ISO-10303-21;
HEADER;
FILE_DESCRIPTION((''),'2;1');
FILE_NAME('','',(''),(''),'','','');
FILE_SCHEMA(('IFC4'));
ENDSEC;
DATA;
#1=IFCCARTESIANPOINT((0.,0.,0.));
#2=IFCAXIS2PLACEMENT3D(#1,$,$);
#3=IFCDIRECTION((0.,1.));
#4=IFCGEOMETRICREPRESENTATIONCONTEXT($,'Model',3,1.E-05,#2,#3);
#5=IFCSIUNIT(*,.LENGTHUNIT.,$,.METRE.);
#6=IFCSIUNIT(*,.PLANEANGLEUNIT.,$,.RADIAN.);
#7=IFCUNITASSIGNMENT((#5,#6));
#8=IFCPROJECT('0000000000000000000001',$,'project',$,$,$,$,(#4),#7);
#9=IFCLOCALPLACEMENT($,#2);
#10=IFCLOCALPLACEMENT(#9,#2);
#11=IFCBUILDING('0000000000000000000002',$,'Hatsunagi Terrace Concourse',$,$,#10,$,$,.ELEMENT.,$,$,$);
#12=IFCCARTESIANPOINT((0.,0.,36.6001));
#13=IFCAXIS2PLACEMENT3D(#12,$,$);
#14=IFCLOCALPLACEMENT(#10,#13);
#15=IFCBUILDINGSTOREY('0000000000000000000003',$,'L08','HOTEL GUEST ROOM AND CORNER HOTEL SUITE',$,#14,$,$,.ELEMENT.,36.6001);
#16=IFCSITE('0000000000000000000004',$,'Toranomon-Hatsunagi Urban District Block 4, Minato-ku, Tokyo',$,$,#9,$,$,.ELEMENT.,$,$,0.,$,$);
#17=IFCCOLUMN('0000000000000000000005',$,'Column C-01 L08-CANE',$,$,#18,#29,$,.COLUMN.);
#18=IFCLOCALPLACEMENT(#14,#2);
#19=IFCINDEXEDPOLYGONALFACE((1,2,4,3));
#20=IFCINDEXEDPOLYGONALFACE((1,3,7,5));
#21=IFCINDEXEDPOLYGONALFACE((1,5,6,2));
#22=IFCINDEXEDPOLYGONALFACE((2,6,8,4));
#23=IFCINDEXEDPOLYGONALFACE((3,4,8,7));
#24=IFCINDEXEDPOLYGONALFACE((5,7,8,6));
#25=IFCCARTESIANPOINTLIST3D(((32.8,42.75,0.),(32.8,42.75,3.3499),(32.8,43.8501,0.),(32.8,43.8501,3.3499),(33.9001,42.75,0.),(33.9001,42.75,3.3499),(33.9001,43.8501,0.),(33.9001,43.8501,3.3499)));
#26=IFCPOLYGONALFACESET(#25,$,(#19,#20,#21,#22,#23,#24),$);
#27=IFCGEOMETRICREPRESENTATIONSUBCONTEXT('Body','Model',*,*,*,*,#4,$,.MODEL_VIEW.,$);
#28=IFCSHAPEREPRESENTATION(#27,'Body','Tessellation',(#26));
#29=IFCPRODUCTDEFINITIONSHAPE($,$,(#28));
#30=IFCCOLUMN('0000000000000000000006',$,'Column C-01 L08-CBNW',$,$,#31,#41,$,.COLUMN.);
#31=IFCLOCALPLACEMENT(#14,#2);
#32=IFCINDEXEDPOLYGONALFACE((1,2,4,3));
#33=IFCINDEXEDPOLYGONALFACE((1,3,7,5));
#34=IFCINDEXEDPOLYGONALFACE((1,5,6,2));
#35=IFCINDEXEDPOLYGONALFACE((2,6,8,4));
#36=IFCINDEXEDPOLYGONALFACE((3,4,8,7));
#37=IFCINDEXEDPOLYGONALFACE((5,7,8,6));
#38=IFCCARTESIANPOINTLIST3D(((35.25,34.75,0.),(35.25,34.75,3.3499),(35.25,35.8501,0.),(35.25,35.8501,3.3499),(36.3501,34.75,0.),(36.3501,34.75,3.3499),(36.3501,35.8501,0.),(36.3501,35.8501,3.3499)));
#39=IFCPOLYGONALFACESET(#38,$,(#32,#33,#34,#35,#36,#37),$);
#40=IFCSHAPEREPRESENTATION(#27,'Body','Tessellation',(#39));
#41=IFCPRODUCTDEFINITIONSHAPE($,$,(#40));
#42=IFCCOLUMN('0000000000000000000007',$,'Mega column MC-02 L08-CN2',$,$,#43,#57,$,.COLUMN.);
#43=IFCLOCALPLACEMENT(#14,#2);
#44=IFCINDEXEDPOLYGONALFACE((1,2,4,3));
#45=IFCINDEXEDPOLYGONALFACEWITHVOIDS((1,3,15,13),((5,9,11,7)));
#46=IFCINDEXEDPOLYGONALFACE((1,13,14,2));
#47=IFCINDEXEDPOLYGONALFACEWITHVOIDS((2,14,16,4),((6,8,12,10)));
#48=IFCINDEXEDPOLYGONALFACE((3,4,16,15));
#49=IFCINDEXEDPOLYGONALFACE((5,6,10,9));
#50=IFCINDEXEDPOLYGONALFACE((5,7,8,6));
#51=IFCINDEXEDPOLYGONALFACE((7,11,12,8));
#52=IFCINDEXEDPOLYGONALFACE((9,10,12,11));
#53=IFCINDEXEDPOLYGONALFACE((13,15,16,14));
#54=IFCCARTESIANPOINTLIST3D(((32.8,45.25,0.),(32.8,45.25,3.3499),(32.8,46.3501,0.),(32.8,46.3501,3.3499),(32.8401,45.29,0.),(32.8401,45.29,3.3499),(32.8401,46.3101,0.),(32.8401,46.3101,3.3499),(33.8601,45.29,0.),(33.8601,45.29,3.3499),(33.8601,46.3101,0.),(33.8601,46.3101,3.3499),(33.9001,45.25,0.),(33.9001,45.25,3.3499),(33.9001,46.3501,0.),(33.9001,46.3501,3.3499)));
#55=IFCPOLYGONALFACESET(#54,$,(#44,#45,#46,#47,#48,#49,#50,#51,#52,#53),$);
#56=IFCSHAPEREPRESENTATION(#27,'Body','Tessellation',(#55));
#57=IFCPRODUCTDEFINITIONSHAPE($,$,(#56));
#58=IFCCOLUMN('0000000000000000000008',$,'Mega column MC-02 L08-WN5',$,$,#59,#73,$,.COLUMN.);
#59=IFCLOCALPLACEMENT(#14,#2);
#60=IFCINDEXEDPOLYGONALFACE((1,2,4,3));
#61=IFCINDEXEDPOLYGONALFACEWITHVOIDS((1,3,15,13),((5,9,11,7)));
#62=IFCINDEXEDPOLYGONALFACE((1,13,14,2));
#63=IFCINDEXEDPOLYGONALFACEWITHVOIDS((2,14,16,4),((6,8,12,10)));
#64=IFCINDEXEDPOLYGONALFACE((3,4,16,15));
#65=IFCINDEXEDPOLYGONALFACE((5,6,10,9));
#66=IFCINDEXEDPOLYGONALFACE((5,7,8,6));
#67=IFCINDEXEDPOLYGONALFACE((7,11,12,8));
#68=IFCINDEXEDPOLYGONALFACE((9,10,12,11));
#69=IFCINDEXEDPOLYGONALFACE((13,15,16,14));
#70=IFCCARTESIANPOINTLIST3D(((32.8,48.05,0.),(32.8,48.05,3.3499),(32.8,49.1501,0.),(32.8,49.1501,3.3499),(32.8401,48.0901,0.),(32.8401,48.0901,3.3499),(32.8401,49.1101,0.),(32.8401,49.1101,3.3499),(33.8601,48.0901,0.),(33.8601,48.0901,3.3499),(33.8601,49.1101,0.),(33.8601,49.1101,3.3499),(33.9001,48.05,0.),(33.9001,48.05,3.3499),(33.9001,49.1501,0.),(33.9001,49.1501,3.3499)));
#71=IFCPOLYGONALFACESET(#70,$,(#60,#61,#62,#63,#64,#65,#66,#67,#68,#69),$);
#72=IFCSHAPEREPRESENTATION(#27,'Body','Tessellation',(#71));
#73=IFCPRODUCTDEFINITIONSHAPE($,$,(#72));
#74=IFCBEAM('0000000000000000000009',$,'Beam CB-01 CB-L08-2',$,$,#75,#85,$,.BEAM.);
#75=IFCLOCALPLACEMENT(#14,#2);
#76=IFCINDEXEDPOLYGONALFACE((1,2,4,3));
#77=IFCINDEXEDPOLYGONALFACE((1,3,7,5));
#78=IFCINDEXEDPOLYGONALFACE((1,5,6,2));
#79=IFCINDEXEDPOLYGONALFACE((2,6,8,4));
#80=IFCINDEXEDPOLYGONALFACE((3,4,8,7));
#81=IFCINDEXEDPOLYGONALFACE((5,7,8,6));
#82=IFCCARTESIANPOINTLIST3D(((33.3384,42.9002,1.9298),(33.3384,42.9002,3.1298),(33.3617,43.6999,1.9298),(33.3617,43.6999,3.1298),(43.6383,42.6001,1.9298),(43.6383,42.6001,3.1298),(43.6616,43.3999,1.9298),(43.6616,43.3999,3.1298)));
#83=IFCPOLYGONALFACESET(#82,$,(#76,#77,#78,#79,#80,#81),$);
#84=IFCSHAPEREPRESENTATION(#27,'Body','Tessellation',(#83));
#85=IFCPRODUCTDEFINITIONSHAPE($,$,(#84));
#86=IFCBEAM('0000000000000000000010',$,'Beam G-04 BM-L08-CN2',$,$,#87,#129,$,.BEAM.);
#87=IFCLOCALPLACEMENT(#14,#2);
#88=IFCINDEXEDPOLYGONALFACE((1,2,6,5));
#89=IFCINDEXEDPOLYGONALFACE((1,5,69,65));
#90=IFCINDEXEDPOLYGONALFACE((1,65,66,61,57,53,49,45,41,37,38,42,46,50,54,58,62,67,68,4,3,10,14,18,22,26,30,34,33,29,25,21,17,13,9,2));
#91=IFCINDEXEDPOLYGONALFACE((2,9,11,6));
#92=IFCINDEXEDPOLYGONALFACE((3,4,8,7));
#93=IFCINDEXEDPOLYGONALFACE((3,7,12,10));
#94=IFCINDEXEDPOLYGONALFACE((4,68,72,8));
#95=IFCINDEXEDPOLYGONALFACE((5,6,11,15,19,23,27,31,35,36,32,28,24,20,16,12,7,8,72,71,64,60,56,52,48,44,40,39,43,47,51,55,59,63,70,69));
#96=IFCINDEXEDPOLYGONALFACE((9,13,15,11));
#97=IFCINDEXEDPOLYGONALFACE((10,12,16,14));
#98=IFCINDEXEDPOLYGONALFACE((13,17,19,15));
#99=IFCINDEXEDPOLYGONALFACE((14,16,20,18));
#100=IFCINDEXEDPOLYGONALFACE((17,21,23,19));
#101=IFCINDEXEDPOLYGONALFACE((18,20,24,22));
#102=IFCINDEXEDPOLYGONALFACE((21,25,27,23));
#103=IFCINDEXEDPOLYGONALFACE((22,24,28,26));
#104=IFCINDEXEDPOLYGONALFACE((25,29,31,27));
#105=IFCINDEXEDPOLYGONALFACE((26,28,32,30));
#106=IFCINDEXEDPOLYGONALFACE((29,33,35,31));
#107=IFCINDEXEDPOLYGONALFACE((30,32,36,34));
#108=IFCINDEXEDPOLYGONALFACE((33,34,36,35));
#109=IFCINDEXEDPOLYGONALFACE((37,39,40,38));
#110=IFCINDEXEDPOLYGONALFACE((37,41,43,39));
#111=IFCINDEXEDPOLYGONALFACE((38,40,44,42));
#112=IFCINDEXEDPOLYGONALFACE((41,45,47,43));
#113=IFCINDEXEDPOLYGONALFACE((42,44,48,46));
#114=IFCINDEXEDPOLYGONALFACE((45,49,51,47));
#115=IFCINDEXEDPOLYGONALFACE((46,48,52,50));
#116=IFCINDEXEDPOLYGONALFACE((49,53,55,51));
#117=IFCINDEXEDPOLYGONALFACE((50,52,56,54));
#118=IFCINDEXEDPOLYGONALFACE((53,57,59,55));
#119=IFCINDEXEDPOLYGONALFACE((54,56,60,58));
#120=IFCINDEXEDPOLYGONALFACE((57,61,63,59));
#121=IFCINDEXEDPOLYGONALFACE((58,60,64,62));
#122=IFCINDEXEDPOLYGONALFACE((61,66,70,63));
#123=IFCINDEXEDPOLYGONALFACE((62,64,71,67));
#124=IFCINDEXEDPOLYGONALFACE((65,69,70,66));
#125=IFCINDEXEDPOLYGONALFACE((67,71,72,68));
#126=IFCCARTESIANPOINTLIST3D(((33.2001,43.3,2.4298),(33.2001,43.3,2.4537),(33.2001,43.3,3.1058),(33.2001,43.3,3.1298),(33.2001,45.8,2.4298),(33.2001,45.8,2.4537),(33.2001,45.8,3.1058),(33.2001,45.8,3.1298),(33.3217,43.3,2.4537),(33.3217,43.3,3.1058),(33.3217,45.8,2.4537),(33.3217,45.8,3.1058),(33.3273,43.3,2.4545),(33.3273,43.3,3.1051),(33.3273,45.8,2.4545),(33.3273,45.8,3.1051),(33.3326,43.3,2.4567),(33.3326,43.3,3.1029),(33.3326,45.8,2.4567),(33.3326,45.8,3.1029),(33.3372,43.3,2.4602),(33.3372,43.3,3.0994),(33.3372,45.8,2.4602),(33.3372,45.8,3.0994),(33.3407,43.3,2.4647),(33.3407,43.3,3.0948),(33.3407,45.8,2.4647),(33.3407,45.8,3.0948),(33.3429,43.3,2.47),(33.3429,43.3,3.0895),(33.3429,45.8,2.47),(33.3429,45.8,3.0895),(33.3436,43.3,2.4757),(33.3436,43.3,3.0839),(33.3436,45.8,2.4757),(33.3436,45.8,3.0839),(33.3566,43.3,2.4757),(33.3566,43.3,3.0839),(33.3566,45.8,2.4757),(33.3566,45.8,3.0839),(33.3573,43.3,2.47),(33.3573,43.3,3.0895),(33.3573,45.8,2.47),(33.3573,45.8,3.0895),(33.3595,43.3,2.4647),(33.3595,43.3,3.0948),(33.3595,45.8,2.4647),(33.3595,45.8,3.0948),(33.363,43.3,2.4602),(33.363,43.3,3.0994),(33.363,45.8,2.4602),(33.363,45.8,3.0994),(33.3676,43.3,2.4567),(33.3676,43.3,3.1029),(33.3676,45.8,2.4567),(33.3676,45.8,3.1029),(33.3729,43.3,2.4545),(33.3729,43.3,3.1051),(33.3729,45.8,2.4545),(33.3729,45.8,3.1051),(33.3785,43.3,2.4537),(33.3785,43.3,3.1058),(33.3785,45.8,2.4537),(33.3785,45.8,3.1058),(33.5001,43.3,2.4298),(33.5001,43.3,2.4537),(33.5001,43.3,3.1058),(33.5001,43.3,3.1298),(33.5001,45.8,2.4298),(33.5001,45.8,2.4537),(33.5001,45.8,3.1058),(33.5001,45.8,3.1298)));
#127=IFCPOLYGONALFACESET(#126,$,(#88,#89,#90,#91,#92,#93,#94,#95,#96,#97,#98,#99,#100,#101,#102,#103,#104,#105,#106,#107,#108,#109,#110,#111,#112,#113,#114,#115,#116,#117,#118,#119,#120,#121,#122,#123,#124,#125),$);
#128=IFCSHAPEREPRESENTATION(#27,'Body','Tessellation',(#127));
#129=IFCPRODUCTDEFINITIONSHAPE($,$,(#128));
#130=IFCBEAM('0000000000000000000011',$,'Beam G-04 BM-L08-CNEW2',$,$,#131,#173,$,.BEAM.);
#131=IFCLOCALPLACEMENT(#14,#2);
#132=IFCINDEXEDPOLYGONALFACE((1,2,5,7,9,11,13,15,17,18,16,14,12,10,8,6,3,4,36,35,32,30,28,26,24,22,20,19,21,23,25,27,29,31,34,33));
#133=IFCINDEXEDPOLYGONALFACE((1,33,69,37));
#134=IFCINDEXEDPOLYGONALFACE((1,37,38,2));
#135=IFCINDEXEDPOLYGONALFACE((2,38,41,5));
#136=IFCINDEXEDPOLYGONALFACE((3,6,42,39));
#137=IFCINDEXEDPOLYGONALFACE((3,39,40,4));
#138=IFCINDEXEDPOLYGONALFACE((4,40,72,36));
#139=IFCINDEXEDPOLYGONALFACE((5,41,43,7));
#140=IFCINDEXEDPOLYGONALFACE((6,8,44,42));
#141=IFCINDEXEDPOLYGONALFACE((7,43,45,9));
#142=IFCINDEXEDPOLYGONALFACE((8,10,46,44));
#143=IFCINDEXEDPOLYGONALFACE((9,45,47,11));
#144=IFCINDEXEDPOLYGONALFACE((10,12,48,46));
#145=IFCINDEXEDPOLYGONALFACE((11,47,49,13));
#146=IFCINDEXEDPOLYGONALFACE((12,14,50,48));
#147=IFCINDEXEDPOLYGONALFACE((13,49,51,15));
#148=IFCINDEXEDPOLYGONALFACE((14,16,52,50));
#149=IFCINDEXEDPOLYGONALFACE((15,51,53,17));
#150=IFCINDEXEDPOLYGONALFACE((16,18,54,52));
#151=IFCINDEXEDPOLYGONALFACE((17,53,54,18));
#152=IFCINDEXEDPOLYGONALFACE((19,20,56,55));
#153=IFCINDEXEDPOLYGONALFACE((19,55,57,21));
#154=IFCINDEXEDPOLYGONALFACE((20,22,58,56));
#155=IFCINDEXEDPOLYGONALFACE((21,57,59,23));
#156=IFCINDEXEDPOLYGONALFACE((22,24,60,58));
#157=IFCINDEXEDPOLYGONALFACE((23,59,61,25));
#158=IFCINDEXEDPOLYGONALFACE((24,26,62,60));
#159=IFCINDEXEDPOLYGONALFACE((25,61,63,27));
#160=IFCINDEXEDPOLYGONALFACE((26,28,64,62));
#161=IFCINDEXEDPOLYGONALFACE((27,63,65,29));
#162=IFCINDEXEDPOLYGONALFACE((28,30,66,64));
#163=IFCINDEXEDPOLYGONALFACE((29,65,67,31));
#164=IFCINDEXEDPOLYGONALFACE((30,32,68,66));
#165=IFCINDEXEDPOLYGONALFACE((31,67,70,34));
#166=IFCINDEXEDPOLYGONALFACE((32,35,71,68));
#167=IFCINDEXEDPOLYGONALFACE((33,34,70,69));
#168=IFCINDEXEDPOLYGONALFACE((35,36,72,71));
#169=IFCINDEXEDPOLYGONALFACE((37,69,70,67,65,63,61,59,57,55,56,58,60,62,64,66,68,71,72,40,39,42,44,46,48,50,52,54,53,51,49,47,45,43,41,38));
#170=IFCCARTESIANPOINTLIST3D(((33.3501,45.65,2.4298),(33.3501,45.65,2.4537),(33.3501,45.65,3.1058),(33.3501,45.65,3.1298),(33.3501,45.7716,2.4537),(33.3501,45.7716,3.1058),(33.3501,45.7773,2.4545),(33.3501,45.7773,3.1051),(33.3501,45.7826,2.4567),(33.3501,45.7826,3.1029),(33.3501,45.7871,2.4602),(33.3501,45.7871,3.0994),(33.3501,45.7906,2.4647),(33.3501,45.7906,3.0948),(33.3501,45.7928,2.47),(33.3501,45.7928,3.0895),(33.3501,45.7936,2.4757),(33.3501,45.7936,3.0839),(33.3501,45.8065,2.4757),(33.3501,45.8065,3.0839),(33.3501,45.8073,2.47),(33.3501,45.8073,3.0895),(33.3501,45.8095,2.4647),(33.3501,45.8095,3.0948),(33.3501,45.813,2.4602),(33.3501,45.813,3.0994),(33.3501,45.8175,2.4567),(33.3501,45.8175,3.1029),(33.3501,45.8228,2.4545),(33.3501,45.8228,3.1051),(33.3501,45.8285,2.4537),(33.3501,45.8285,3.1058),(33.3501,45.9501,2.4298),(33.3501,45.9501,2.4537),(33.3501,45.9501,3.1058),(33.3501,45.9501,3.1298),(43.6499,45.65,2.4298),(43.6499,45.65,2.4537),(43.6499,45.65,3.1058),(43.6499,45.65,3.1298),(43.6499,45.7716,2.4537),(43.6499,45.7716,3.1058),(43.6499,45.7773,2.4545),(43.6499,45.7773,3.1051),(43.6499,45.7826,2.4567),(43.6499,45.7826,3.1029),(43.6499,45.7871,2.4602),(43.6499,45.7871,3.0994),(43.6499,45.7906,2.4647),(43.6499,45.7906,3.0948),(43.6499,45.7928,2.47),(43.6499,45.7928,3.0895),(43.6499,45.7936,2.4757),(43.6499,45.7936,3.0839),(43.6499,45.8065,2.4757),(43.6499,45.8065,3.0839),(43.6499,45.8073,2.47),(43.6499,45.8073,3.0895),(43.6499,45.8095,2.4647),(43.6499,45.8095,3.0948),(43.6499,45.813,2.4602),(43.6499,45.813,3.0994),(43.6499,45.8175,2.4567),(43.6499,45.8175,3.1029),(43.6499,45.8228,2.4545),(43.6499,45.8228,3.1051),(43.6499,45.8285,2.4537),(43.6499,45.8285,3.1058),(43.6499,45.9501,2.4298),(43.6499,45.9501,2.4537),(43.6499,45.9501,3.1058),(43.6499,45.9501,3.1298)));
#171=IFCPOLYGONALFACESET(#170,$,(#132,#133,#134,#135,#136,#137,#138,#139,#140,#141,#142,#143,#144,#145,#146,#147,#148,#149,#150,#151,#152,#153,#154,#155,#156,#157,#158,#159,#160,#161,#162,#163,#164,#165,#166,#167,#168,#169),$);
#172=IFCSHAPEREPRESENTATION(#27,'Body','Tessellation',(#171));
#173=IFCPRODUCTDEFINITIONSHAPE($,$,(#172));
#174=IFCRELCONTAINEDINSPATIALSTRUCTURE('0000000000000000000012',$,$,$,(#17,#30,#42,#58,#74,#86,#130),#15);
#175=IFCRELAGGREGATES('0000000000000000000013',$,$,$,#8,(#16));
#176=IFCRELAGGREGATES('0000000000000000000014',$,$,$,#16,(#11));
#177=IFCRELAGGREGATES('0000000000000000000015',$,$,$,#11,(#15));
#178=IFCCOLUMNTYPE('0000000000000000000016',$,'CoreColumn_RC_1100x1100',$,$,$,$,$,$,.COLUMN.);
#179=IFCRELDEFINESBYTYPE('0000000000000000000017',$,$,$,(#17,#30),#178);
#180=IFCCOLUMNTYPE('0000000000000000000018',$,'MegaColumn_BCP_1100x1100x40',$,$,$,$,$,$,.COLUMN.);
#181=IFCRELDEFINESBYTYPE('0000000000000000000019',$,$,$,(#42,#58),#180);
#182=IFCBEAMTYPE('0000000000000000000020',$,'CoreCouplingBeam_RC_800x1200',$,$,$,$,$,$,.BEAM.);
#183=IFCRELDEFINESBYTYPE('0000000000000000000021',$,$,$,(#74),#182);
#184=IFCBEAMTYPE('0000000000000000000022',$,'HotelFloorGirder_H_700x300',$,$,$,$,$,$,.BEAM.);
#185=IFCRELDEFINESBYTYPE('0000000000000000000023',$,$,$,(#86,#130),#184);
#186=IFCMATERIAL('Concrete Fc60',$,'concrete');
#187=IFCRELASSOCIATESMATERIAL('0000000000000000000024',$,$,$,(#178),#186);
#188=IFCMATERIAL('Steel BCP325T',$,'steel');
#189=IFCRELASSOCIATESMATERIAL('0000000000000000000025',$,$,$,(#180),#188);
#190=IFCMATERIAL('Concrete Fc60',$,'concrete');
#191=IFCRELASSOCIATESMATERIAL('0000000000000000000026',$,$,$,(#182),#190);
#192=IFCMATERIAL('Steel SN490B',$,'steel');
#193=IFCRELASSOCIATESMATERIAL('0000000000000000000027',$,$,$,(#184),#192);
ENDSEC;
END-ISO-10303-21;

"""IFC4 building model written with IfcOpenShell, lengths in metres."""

from ifc_helpers import new_model, si_unit, direction, frame, origin, origin_2d, place, context, subcontext, project, spatial, rectangle, hollow_rectangle, i_section, extrude, material, material_profile, profile_set, type_object, element, save


model = new_model("IFC4")

# Units and contexts
model_context = context("Model", 3, precision=1e-05, world=origin(), true_north=direction((0.0, 1.0)))
body_context = subcontext(model_context, "Body", "Model", "MODEL_VIEW")
ifc_project = project(units=[si_unit("LENGTHUNIT", "METRE"), si_unit("PLANEANGLEUNIT", "RADIAN")], contexts=[model_context])

# Site, building, storey
site_placement = place(None, origin())
site = spatial("IfcSite", under=ifc_project, at=site_placement, Name="Toranomon-Hatsunagi Urban District Block 4, Minato-ku, Tokyo", CompositionType="ELEMENT", RefElevation=0.0)
building_placement = place(site_placement, origin())
building = spatial("IfcBuilding", under=site, at=building_placement, Name="Hatsunagi Terrace Concourse", CompositionType="ELEMENT")
storey_placement = place(building_placement, frame((0.0, 0.0, 36.6001)))
storey = spatial("IfcBuildingStorey", under=building, at=storey_placement, Name="L08", Description="HOTEL GUEST ROOM AND CORNER HOTEL SUITE", CompositionType="ELEMENT", Elevation=36.6001)

# Columns
ifc_material_1 = material(Name="Concrete Fc60", Category="concrete")
ifc_material_profile_1 = material_profile(ifc_material_1, rectangle(XDim=1.1001, YDim=1.1001, at=origin_2d()), Name="RC-1100x1100")
ifc_profile_set_1 = profile_set([ifc_material_profile_1], Name="Concrete Fc60")
column_type_1 = type_object("IfcColumnType", Name="CoreColumn_RC_1100x1100", PredefinedType="COLUMN", material=ifc_profile_set_1)
for number, where, z_axis, x_axis, name in (
    (1, (33.3501, 43.3, 0.0), (0.0, 0.0, 1.0), (1.0, 0.0, 0.0), "Column C-01 L08-CANE"),
    (2, (35.8, 35.3, 0.0), (0.0, 0.0, 1.0), (1.0, 0.0, 0.0), "Column C-01 L08-CBNW"),
):
    element("IfcColumn", number, at=place(storey_placement, frame(where, z_axis=z_axis, x_axis=x_axis)), inside=storey, type_object=column_type_1, Name=name, PredefinedType="COLUMN", context=body_context, shape_type="SweptSolid", body=[
        extrude(rectangle(XDim=1.1001, YDim=1.1001, at=origin_2d()), origin(), (0.0, 0.0, 1.0), 3.3499),
    ])
ifc_material_2 = material(Name="Steel BCP325T", Category="steel")
ifc_material_profile_2 = material_profile(ifc_material_2, hollow_rectangle(XDim=1.1001, YDim=1.1001, WallThickness=0.04, at=origin_2d()), Name="BCP-1100x1100x40")
ifc_profile_set_2 = profile_set([ifc_material_profile_2], Name="Steel BCP325T")
column_type_2 = type_object("IfcColumnType", Name="MegaColumn_BCP_1100x1100x40", PredefinedType="COLUMN", material=ifc_profile_set_2)
for number, where, z_axis, x_axis, name in (
    (3, (33.3501, 45.8, 0.0), (0.0, 0.0, 1.0), (1.0, 0.0, 0.0), "Mega column MC-02 L08-CN2"),
    (4, (33.3501, 48.6001, 0.0), (0.0, 0.0, 1.0), (1.0, 0.0, 0.0), "Mega column MC-02 L08-WN5"),
):
    element("IfcColumn", number, at=place(storey_placement, frame(where, z_axis=z_axis, x_axis=x_axis)), inside=storey, type_object=column_type_2, Name=name, PredefinedType="COLUMN", context=body_context, shape_type="SweptSolid", body=[
        extrude(hollow_rectangle(XDim=1.1001, YDim=1.1001, WallThickness=0.04, at=origin_2d()), origin(), (0.0, 0.0, 1.0), 3.3499),
    ])

# Beams
ifc_material_3 = material(Name="Concrete Fc60", Category="concrete")
ifc_material_profile_3 = material_profile(ifc_material_3, rectangle(XDim=0.8, YDim=1.2, at=origin_2d()), Name="RC-800x1200")
ifc_profile_set_3 = profile_set([ifc_material_profile_3], Name="Concrete Fc60")
beam_type_1 = type_object("IfcBeamType", Name="CoreCouplingBeam_RC_800x1200", PredefinedType="BEAM", material=ifc_profile_set_3)
beam_1_placement = place(storey_placement, frame((33.3501, 43.3, 2.5298), z_axis=(0.999576, -0.029119, 0.0), x_axis=(0.029119, 0.999576, 0.0)))
element("IfcBeam", 5, at=beam_1_placement, inside=storey, type_object=beam_type_1, Name="Beam CB-01 CB-L08-2", PredefinedType="BEAM", context=body_context, shape_type="SweptSolid", body=[
    extrude(rectangle(XDim=0.8, YDim=1.2, at=origin_2d()), origin(), (0.0, 0.0, 1.0), 10.3042),
])
ifc_material_4 = material(Name="Steel SN490B", Category="steel")
ifc_material_profile_4 = material_profile(ifc_material_4, i_section(OverallWidth=0.3, OverallDepth=0.7, WebThickness=0.0129, FlangeThickness=0.0239, FilletRadius=0.022, at=origin_2d()), Name="H-700x300x13x24")
ifc_profile_set_4 = profile_set([ifc_material_profile_4], Name="Steel SN490B")
beam_type_2 = type_object("IfcBeamType", Name="HotelFloorGirder_H_700x300", PredefinedType="BEAM", material=ifc_profile_set_4)
beam_2_placement = place(storey_placement, frame((33.3501, 43.3, 2.7798), z_axis=(0.0, 1.0, 0.0), x_axis=(-1.0, 0.0, 0.0)))
element("IfcBeam", 6, at=beam_2_placement, inside=storey, type_object=beam_type_2, Name="Beam G-04 BM-L08-CN2", PredefinedType="BEAM", context=body_context, shape_type="SweptSolid", body=[
    extrude(i_section(OverallWidth=0.3, OverallDepth=0.7, WebThickness=0.0129, FlangeThickness=0.0239, FilletRadius=0.022, at=origin_2d()), origin(), (0.0, 0.0, 1.0), 2.5),
])
beam_3_placement = place(storey_placement, frame((33.3501, 45.8, 2.7798), z_axis=(1.0, 0.0, 0.0), x_axis=(0.0, 1.0, 0.0)))
element("IfcBeam", 7, at=beam_3_placement, inside=storey, type_object=beam_type_2, Name="Beam G-04 BM-L08-CNEW2", PredefinedType="BEAM", context=body_context, shape_type="SweptSolid", body=[
    extrude(i_section(OverallWidth=0.3, OverallDepth=0.7, WebThickness=0.0129, FlangeThickness=0.0239, FilletRadius=0.022, at=origin_2d()), origin(), (0.0, 0.0, 1.0), 10.2998),
])

save(model, "model.ifc")
